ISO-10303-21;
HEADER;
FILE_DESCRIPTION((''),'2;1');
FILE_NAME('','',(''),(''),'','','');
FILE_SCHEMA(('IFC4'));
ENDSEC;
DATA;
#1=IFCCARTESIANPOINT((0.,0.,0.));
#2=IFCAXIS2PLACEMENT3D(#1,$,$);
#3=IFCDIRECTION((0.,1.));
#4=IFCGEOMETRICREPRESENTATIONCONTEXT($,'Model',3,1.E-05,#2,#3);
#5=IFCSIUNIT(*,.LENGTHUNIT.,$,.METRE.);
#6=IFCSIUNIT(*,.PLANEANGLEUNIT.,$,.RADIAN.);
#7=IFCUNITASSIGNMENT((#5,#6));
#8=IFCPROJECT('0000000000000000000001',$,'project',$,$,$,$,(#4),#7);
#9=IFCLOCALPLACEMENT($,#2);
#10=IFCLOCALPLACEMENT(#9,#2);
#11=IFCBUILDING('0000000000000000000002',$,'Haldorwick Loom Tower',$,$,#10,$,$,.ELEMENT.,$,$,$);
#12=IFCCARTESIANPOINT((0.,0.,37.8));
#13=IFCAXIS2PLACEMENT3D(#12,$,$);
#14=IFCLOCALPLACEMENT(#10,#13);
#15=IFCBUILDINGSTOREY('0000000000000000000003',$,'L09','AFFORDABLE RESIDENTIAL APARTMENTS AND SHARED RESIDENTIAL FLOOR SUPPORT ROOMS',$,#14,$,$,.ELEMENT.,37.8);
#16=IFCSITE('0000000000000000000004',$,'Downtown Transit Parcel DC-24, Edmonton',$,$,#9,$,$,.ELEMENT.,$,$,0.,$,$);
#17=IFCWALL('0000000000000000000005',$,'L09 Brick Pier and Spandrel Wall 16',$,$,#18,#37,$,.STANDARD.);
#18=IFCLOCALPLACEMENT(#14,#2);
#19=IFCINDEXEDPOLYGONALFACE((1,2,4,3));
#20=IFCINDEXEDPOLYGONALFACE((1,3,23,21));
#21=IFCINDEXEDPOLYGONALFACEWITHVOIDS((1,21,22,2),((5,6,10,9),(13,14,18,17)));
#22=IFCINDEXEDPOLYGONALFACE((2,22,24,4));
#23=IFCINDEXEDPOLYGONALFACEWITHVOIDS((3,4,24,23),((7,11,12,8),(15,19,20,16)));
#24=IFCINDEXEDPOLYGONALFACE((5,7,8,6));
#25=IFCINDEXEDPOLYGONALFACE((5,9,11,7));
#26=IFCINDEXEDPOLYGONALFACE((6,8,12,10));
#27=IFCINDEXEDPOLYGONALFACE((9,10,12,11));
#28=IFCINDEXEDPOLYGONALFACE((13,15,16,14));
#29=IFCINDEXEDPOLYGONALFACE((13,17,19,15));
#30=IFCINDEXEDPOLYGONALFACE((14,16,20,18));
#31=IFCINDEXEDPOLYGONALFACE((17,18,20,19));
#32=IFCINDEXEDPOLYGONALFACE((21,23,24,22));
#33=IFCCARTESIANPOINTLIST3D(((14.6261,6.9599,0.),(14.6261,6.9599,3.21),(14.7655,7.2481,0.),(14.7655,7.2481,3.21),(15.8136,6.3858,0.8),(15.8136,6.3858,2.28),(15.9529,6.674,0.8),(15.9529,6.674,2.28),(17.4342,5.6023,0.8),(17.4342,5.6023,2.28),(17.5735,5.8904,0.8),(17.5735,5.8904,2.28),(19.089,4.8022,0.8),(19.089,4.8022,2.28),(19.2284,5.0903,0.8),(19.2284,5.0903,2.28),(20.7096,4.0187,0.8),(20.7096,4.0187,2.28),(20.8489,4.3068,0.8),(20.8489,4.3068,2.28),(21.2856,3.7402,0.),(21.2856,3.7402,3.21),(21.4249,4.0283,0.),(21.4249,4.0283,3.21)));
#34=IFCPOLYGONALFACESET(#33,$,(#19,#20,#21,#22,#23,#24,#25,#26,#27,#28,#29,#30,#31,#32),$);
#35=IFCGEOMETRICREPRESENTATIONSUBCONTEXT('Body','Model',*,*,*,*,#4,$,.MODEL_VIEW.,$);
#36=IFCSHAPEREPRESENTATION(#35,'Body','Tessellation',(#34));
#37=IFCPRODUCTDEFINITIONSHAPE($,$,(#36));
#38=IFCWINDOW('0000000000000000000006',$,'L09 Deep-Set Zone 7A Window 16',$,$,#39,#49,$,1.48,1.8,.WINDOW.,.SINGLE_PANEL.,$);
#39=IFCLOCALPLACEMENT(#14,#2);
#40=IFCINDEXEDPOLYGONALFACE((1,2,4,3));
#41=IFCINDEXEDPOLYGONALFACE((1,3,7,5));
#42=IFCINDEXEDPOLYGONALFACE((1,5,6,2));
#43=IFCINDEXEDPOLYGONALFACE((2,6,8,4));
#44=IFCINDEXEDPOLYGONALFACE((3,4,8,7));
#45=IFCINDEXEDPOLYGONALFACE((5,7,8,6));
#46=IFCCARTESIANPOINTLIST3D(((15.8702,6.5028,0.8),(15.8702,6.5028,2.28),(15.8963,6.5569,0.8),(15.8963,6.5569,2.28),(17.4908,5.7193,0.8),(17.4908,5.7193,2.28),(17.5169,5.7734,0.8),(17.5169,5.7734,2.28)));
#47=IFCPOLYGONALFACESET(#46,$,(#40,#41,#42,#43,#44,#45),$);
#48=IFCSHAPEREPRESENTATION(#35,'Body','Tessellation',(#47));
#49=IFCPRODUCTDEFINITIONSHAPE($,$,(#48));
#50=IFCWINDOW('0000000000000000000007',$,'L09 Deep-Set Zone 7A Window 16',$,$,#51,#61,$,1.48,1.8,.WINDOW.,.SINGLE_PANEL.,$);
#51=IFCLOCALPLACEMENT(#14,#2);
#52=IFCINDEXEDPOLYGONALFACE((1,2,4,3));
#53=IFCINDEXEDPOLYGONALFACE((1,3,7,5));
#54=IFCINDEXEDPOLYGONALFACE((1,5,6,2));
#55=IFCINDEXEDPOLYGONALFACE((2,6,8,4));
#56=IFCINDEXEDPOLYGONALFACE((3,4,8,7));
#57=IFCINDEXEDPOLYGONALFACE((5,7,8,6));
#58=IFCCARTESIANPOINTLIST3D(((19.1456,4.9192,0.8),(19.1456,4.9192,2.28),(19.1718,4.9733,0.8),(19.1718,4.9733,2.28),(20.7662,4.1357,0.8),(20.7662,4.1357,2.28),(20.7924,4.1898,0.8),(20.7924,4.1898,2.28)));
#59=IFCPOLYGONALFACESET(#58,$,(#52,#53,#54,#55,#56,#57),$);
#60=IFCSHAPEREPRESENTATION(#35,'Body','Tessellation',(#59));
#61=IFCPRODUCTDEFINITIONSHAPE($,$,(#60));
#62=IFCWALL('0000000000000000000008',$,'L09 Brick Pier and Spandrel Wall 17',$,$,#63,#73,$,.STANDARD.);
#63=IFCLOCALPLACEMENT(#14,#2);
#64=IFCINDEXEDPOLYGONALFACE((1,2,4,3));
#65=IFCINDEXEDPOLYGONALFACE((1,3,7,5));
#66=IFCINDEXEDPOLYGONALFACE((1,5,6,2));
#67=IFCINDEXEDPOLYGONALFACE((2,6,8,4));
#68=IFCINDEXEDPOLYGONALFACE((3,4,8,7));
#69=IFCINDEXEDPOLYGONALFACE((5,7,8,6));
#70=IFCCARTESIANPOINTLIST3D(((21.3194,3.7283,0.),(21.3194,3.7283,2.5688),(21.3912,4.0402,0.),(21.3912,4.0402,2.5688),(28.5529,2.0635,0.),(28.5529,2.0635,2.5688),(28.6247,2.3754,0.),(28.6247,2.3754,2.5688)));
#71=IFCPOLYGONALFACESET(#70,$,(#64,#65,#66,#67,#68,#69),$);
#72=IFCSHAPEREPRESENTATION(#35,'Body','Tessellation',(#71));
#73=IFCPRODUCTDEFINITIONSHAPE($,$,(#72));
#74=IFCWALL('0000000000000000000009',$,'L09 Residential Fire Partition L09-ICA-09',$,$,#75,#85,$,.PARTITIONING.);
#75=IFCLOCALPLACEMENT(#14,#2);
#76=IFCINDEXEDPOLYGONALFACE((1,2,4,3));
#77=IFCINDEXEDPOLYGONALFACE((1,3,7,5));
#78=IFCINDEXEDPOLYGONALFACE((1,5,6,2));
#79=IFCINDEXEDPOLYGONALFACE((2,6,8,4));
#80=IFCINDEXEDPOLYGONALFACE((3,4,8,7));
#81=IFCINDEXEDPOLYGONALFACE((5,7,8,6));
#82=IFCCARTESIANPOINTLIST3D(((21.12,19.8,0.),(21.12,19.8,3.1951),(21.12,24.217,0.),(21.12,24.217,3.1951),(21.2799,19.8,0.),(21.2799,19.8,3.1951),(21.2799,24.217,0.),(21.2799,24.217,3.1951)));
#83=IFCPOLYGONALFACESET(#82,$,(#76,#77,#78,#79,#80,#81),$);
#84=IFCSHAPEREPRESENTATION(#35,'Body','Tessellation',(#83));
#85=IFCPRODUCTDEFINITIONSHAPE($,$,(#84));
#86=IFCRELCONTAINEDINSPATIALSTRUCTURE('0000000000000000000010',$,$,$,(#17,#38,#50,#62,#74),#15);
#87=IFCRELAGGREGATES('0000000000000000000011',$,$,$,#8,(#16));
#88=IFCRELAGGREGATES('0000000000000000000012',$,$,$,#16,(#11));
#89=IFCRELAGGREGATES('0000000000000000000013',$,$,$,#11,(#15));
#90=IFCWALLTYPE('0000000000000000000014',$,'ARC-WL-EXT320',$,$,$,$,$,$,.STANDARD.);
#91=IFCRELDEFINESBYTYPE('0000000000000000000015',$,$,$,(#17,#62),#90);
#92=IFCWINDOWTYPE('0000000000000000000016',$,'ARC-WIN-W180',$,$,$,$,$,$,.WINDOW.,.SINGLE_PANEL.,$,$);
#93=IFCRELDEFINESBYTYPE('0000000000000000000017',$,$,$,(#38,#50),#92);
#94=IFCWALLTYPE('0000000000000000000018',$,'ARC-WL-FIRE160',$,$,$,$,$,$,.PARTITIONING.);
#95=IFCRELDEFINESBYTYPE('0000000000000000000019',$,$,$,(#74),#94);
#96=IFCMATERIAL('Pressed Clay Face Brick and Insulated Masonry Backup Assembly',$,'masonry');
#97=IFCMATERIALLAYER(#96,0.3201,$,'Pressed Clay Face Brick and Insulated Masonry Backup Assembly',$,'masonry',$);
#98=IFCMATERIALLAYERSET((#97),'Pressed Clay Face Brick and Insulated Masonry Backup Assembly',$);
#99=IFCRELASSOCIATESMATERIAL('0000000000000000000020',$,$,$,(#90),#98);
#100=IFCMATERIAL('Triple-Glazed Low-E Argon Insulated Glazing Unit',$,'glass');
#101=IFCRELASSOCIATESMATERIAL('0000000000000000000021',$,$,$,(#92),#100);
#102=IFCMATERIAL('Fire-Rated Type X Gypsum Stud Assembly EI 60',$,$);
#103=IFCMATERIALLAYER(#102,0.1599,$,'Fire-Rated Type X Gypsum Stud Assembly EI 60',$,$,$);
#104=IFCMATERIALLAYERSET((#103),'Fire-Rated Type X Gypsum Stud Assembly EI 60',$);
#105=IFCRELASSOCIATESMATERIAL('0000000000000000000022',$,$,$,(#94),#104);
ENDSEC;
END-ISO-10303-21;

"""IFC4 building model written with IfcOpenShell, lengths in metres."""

from ifc_helpers import new_model, si_unit, direction, frame, frame_2d, origin, place, context, subcontext, project, spatial, rectangle, extrude, material, layer, layer_set, type_object, element, fill, save


model = new_model("IFC4")

# Units and contexts
model_context = context("Model", 3, precision=1e-05, world=origin(), true_north=direction((0.0, 1.0)))
body_context = subcontext(model_context, "Body", "Model", "MODEL_VIEW")
ifc_project = project(units=[si_unit("LENGTHUNIT", "METRE"), si_unit("PLANEANGLEUNIT", "RADIAN")], contexts=[model_context])

# Site, building, storey
site_placement = place(None, origin())
site = spatial("IfcSite", under=ifc_project, at=site_placement, Name="Downtown Transit Parcel DC-24, Edmonton", CompositionType="ELEMENT", RefElevation=0.0)
building_placement = place(site_placement, origin())
building = spatial("IfcBuilding", under=site, at=building_placement, Name="Haldorwick Loom Tower", CompositionType="ELEMENT")
storey_placement = place(building_placement, frame((0.0, 0.0, 37.8)))
storey = spatial("IfcBuildingStorey", under=building, at=storey_placement, Name="L09", Description="AFFORDABLE RESIDENTIAL APARTMENTS AND SHARED RESIDENTIAL FLOOR SUPPORT ROOMS", CompositionType="ELEMENT", Elevation=37.8)

# Shared definitions
ifc_material_1 = material(Name="Pressed Clay Face Brick and Insulated Masonry Backup Assembly", Category="masonry")
ifc_layer_1 = layer(ifc_material_1, 0.3201, Name="Pressed Clay Face Brick and Insulated Masonry Backup Assembly", Category="masonry")
ifc_layer_set_1 = layer_set([ifc_layer_1], Name="Pressed Clay Face Brick and Insulated Masonry Backup Assembly")
wall_type_1 = type_object("IfcWallType", Name="ARC-WL-EXT320", PredefinedType="STANDARD", material=ifc_layer_set_1)

# Wall, openings, windows
wall_1_placement = place(storey_placement, frame((14.6958, 7.104, 0.0), z_axis=(0.0, 0.0, 1.0), x_axis=(0.900296, -0.435279, 0.0)))
wall_1 = element("IfcWall", 1, at=wall_1_placement, inside=storey, type_object=wall_type_1, Name="L09 Brick Pier and Spandrel Wall 16", PredefinedType="STANDARD", context=body_context, shape_type="SweptSolid", body=[
    extrude(rectangle(XDim=7.397, YDim=0.3201, at=frame_2d((3.6985, 0.0))), origin(), (0.0, 0.0, 1.0), 3.21),
])
opening_1_placement = place(wall_1_placement, frame((1.3191, 0.0, 0.8)))
opening_1 = element("IfcOpeningElement", 2, at=opening_1_placement, cuts=wall_1, PredefinedType="OPENING", context=body_context, shape_type="SweptSolid", body=[
    extrude(rectangle(XDim=1.8, YDim=1.48, at=frame_2d((0.8999, 0.74))), frame((0.0, 0.1699, 0.0), z_axis=(0.0, -1.0, 0.0), x_axis=(1.0, 0.0, 0.0)), (0.0, 0.0, 1.0), 0.3401),
])
opening_2_placement = place(wall_1_placement, frame((4.9573, 0.0, 0.8)))
opening_2 = element("IfcOpeningElement", 3, at=opening_2_placement, cuts=wall_1, PredefinedType="OPENING", context=body_context, shape_type="SweptSolid", body=[
    extrude(rectangle(XDim=1.8, YDim=1.48, at=frame_2d((0.8999, 0.74))), frame((0.0, 0.1699, 0.0), z_axis=(0.0, -1.0, 0.0), x_axis=(1.0, 0.0, 0.0)), (0.0, 0.0, 1.0), 0.3401),
])
ifc_material_2 = material(Name="Triple-Glazed Low-E Argon Insulated Glazing Unit", Category="glass")
window_type = type_object("IfcWindowType", Name="ARC-WIN-W180", PartitioningType="SINGLE_PANEL", PredefinedType="WINDOW", material=ifc_material_2)
window_1_placement = place(opening_1_placement, origin())
window_1 = element("IfcWindow", 4, at=window_1_placement, inside=storey, type_object=window_type, Name="L09 Deep-Set Zone 7A Window 16", OverallHeight=1.48, OverallWidth=1.8, PartitioningType="SINGLE_PANEL", PredefinedType="WINDOW", context=body_context, shape_type="SweptSolid", body=[
    extrude(rectangle(XDim=1.8, YDim=1.48, at=frame_2d((0.8999, 0.74))), frame((0.0, 0.03, 0.0), z_axis=(0.0, -1.0, 0.0), x_axis=(1.0, 0.0, 0.0)), (0.0, 0.0, 1.0), 0.0601),
])
fill(opening_1, window_1)
window_2_placement = place(opening_2_placement, origin())
window_2 = element("IfcWindow", 5, at=window_2_placement, inside=storey, type_object=window_type, Name="L09 Deep-Set Zone 7A Window 16", OverallHeight=1.48, OverallWidth=1.8, PartitioningType="SINGLE_PANEL", PredefinedType="WINDOW", context=body_context, shape_type="SweptSolid", body=[
    extrude(rectangle(XDim=1.8, YDim=1.48, at=frame_2d((0.8999, 0.74))), frame((0.0, 0.03, 0.0), z_axis=(0.0, -1.0, 0.0), x_axis=(1.0, 0.0, 0.0)), (0.0, 0.0, 1.0), 0.0601),
])
fill(opening_2, window_2)

# Walls
wall_2_placement = place(storey_placement, frame((21.3552, 3.8843, 0.0), z_axis=(0.0, 0.0, 1.0), x_axis=(0.974522, -0.22429, 0.0)))
element("IfcWall", 6, at=wall_2_placement, inside=storey, type_object=wall_type_1, Name="L09 Brick Pier and Spandrel Wall 17", PredefinedType="STANDARD", context=body_context, shape_type="SweptSolid", body=[
    extrude(rectangle(XDim=7.4226, YDim=0.3201, at=frame_2d((3.7114, 0.0))), origin(), (0.0, 0.0, 1.0), 2.5688),
])
ifc_material_3 = material(Name="Fire-Rated Type X Gypsum Stud Assembly EI 60")
ifc_layer_2 = layer(ifc_material_3, 0.1599, Name="Fire-Rated Type X Gypsum Stud Assembly EI 60")
ifc_layer_set_2 = layer_set([ifc_layer_2], Name="Fire-Rated Type X Gypsum Stud Assembly EI 60")
wall_type_2 = type_object("IfcWallType", Name="ARC-WL-FIRE160", PredefinedType="PARTITIONING", material=ifc_layer_set_2)
wall_3_placement = place(storey_placement, frame((21.2, 24.217, 0.0), z_axis=(0.0, 0.0, 1.0), x_axis=(0.0, -1.0, 0.0)))
element("IfcWall", 7, at=wall_3_placement, inside=storey, type_object=wall_type_2, Name="L09 Residential Fire Partition L09-ICA-09", PredefinedType="PARTITIONING", context=body_context, shape_type="SweptSolid", body=[
    extrude(rectangle(XDim=4.417, YDim=0.1599, at=frame_2d((2.2085, 0.0))), origin(), (0.0, 0.0, 1.0), 3.1951),
])

save(model, "model.ifc")
